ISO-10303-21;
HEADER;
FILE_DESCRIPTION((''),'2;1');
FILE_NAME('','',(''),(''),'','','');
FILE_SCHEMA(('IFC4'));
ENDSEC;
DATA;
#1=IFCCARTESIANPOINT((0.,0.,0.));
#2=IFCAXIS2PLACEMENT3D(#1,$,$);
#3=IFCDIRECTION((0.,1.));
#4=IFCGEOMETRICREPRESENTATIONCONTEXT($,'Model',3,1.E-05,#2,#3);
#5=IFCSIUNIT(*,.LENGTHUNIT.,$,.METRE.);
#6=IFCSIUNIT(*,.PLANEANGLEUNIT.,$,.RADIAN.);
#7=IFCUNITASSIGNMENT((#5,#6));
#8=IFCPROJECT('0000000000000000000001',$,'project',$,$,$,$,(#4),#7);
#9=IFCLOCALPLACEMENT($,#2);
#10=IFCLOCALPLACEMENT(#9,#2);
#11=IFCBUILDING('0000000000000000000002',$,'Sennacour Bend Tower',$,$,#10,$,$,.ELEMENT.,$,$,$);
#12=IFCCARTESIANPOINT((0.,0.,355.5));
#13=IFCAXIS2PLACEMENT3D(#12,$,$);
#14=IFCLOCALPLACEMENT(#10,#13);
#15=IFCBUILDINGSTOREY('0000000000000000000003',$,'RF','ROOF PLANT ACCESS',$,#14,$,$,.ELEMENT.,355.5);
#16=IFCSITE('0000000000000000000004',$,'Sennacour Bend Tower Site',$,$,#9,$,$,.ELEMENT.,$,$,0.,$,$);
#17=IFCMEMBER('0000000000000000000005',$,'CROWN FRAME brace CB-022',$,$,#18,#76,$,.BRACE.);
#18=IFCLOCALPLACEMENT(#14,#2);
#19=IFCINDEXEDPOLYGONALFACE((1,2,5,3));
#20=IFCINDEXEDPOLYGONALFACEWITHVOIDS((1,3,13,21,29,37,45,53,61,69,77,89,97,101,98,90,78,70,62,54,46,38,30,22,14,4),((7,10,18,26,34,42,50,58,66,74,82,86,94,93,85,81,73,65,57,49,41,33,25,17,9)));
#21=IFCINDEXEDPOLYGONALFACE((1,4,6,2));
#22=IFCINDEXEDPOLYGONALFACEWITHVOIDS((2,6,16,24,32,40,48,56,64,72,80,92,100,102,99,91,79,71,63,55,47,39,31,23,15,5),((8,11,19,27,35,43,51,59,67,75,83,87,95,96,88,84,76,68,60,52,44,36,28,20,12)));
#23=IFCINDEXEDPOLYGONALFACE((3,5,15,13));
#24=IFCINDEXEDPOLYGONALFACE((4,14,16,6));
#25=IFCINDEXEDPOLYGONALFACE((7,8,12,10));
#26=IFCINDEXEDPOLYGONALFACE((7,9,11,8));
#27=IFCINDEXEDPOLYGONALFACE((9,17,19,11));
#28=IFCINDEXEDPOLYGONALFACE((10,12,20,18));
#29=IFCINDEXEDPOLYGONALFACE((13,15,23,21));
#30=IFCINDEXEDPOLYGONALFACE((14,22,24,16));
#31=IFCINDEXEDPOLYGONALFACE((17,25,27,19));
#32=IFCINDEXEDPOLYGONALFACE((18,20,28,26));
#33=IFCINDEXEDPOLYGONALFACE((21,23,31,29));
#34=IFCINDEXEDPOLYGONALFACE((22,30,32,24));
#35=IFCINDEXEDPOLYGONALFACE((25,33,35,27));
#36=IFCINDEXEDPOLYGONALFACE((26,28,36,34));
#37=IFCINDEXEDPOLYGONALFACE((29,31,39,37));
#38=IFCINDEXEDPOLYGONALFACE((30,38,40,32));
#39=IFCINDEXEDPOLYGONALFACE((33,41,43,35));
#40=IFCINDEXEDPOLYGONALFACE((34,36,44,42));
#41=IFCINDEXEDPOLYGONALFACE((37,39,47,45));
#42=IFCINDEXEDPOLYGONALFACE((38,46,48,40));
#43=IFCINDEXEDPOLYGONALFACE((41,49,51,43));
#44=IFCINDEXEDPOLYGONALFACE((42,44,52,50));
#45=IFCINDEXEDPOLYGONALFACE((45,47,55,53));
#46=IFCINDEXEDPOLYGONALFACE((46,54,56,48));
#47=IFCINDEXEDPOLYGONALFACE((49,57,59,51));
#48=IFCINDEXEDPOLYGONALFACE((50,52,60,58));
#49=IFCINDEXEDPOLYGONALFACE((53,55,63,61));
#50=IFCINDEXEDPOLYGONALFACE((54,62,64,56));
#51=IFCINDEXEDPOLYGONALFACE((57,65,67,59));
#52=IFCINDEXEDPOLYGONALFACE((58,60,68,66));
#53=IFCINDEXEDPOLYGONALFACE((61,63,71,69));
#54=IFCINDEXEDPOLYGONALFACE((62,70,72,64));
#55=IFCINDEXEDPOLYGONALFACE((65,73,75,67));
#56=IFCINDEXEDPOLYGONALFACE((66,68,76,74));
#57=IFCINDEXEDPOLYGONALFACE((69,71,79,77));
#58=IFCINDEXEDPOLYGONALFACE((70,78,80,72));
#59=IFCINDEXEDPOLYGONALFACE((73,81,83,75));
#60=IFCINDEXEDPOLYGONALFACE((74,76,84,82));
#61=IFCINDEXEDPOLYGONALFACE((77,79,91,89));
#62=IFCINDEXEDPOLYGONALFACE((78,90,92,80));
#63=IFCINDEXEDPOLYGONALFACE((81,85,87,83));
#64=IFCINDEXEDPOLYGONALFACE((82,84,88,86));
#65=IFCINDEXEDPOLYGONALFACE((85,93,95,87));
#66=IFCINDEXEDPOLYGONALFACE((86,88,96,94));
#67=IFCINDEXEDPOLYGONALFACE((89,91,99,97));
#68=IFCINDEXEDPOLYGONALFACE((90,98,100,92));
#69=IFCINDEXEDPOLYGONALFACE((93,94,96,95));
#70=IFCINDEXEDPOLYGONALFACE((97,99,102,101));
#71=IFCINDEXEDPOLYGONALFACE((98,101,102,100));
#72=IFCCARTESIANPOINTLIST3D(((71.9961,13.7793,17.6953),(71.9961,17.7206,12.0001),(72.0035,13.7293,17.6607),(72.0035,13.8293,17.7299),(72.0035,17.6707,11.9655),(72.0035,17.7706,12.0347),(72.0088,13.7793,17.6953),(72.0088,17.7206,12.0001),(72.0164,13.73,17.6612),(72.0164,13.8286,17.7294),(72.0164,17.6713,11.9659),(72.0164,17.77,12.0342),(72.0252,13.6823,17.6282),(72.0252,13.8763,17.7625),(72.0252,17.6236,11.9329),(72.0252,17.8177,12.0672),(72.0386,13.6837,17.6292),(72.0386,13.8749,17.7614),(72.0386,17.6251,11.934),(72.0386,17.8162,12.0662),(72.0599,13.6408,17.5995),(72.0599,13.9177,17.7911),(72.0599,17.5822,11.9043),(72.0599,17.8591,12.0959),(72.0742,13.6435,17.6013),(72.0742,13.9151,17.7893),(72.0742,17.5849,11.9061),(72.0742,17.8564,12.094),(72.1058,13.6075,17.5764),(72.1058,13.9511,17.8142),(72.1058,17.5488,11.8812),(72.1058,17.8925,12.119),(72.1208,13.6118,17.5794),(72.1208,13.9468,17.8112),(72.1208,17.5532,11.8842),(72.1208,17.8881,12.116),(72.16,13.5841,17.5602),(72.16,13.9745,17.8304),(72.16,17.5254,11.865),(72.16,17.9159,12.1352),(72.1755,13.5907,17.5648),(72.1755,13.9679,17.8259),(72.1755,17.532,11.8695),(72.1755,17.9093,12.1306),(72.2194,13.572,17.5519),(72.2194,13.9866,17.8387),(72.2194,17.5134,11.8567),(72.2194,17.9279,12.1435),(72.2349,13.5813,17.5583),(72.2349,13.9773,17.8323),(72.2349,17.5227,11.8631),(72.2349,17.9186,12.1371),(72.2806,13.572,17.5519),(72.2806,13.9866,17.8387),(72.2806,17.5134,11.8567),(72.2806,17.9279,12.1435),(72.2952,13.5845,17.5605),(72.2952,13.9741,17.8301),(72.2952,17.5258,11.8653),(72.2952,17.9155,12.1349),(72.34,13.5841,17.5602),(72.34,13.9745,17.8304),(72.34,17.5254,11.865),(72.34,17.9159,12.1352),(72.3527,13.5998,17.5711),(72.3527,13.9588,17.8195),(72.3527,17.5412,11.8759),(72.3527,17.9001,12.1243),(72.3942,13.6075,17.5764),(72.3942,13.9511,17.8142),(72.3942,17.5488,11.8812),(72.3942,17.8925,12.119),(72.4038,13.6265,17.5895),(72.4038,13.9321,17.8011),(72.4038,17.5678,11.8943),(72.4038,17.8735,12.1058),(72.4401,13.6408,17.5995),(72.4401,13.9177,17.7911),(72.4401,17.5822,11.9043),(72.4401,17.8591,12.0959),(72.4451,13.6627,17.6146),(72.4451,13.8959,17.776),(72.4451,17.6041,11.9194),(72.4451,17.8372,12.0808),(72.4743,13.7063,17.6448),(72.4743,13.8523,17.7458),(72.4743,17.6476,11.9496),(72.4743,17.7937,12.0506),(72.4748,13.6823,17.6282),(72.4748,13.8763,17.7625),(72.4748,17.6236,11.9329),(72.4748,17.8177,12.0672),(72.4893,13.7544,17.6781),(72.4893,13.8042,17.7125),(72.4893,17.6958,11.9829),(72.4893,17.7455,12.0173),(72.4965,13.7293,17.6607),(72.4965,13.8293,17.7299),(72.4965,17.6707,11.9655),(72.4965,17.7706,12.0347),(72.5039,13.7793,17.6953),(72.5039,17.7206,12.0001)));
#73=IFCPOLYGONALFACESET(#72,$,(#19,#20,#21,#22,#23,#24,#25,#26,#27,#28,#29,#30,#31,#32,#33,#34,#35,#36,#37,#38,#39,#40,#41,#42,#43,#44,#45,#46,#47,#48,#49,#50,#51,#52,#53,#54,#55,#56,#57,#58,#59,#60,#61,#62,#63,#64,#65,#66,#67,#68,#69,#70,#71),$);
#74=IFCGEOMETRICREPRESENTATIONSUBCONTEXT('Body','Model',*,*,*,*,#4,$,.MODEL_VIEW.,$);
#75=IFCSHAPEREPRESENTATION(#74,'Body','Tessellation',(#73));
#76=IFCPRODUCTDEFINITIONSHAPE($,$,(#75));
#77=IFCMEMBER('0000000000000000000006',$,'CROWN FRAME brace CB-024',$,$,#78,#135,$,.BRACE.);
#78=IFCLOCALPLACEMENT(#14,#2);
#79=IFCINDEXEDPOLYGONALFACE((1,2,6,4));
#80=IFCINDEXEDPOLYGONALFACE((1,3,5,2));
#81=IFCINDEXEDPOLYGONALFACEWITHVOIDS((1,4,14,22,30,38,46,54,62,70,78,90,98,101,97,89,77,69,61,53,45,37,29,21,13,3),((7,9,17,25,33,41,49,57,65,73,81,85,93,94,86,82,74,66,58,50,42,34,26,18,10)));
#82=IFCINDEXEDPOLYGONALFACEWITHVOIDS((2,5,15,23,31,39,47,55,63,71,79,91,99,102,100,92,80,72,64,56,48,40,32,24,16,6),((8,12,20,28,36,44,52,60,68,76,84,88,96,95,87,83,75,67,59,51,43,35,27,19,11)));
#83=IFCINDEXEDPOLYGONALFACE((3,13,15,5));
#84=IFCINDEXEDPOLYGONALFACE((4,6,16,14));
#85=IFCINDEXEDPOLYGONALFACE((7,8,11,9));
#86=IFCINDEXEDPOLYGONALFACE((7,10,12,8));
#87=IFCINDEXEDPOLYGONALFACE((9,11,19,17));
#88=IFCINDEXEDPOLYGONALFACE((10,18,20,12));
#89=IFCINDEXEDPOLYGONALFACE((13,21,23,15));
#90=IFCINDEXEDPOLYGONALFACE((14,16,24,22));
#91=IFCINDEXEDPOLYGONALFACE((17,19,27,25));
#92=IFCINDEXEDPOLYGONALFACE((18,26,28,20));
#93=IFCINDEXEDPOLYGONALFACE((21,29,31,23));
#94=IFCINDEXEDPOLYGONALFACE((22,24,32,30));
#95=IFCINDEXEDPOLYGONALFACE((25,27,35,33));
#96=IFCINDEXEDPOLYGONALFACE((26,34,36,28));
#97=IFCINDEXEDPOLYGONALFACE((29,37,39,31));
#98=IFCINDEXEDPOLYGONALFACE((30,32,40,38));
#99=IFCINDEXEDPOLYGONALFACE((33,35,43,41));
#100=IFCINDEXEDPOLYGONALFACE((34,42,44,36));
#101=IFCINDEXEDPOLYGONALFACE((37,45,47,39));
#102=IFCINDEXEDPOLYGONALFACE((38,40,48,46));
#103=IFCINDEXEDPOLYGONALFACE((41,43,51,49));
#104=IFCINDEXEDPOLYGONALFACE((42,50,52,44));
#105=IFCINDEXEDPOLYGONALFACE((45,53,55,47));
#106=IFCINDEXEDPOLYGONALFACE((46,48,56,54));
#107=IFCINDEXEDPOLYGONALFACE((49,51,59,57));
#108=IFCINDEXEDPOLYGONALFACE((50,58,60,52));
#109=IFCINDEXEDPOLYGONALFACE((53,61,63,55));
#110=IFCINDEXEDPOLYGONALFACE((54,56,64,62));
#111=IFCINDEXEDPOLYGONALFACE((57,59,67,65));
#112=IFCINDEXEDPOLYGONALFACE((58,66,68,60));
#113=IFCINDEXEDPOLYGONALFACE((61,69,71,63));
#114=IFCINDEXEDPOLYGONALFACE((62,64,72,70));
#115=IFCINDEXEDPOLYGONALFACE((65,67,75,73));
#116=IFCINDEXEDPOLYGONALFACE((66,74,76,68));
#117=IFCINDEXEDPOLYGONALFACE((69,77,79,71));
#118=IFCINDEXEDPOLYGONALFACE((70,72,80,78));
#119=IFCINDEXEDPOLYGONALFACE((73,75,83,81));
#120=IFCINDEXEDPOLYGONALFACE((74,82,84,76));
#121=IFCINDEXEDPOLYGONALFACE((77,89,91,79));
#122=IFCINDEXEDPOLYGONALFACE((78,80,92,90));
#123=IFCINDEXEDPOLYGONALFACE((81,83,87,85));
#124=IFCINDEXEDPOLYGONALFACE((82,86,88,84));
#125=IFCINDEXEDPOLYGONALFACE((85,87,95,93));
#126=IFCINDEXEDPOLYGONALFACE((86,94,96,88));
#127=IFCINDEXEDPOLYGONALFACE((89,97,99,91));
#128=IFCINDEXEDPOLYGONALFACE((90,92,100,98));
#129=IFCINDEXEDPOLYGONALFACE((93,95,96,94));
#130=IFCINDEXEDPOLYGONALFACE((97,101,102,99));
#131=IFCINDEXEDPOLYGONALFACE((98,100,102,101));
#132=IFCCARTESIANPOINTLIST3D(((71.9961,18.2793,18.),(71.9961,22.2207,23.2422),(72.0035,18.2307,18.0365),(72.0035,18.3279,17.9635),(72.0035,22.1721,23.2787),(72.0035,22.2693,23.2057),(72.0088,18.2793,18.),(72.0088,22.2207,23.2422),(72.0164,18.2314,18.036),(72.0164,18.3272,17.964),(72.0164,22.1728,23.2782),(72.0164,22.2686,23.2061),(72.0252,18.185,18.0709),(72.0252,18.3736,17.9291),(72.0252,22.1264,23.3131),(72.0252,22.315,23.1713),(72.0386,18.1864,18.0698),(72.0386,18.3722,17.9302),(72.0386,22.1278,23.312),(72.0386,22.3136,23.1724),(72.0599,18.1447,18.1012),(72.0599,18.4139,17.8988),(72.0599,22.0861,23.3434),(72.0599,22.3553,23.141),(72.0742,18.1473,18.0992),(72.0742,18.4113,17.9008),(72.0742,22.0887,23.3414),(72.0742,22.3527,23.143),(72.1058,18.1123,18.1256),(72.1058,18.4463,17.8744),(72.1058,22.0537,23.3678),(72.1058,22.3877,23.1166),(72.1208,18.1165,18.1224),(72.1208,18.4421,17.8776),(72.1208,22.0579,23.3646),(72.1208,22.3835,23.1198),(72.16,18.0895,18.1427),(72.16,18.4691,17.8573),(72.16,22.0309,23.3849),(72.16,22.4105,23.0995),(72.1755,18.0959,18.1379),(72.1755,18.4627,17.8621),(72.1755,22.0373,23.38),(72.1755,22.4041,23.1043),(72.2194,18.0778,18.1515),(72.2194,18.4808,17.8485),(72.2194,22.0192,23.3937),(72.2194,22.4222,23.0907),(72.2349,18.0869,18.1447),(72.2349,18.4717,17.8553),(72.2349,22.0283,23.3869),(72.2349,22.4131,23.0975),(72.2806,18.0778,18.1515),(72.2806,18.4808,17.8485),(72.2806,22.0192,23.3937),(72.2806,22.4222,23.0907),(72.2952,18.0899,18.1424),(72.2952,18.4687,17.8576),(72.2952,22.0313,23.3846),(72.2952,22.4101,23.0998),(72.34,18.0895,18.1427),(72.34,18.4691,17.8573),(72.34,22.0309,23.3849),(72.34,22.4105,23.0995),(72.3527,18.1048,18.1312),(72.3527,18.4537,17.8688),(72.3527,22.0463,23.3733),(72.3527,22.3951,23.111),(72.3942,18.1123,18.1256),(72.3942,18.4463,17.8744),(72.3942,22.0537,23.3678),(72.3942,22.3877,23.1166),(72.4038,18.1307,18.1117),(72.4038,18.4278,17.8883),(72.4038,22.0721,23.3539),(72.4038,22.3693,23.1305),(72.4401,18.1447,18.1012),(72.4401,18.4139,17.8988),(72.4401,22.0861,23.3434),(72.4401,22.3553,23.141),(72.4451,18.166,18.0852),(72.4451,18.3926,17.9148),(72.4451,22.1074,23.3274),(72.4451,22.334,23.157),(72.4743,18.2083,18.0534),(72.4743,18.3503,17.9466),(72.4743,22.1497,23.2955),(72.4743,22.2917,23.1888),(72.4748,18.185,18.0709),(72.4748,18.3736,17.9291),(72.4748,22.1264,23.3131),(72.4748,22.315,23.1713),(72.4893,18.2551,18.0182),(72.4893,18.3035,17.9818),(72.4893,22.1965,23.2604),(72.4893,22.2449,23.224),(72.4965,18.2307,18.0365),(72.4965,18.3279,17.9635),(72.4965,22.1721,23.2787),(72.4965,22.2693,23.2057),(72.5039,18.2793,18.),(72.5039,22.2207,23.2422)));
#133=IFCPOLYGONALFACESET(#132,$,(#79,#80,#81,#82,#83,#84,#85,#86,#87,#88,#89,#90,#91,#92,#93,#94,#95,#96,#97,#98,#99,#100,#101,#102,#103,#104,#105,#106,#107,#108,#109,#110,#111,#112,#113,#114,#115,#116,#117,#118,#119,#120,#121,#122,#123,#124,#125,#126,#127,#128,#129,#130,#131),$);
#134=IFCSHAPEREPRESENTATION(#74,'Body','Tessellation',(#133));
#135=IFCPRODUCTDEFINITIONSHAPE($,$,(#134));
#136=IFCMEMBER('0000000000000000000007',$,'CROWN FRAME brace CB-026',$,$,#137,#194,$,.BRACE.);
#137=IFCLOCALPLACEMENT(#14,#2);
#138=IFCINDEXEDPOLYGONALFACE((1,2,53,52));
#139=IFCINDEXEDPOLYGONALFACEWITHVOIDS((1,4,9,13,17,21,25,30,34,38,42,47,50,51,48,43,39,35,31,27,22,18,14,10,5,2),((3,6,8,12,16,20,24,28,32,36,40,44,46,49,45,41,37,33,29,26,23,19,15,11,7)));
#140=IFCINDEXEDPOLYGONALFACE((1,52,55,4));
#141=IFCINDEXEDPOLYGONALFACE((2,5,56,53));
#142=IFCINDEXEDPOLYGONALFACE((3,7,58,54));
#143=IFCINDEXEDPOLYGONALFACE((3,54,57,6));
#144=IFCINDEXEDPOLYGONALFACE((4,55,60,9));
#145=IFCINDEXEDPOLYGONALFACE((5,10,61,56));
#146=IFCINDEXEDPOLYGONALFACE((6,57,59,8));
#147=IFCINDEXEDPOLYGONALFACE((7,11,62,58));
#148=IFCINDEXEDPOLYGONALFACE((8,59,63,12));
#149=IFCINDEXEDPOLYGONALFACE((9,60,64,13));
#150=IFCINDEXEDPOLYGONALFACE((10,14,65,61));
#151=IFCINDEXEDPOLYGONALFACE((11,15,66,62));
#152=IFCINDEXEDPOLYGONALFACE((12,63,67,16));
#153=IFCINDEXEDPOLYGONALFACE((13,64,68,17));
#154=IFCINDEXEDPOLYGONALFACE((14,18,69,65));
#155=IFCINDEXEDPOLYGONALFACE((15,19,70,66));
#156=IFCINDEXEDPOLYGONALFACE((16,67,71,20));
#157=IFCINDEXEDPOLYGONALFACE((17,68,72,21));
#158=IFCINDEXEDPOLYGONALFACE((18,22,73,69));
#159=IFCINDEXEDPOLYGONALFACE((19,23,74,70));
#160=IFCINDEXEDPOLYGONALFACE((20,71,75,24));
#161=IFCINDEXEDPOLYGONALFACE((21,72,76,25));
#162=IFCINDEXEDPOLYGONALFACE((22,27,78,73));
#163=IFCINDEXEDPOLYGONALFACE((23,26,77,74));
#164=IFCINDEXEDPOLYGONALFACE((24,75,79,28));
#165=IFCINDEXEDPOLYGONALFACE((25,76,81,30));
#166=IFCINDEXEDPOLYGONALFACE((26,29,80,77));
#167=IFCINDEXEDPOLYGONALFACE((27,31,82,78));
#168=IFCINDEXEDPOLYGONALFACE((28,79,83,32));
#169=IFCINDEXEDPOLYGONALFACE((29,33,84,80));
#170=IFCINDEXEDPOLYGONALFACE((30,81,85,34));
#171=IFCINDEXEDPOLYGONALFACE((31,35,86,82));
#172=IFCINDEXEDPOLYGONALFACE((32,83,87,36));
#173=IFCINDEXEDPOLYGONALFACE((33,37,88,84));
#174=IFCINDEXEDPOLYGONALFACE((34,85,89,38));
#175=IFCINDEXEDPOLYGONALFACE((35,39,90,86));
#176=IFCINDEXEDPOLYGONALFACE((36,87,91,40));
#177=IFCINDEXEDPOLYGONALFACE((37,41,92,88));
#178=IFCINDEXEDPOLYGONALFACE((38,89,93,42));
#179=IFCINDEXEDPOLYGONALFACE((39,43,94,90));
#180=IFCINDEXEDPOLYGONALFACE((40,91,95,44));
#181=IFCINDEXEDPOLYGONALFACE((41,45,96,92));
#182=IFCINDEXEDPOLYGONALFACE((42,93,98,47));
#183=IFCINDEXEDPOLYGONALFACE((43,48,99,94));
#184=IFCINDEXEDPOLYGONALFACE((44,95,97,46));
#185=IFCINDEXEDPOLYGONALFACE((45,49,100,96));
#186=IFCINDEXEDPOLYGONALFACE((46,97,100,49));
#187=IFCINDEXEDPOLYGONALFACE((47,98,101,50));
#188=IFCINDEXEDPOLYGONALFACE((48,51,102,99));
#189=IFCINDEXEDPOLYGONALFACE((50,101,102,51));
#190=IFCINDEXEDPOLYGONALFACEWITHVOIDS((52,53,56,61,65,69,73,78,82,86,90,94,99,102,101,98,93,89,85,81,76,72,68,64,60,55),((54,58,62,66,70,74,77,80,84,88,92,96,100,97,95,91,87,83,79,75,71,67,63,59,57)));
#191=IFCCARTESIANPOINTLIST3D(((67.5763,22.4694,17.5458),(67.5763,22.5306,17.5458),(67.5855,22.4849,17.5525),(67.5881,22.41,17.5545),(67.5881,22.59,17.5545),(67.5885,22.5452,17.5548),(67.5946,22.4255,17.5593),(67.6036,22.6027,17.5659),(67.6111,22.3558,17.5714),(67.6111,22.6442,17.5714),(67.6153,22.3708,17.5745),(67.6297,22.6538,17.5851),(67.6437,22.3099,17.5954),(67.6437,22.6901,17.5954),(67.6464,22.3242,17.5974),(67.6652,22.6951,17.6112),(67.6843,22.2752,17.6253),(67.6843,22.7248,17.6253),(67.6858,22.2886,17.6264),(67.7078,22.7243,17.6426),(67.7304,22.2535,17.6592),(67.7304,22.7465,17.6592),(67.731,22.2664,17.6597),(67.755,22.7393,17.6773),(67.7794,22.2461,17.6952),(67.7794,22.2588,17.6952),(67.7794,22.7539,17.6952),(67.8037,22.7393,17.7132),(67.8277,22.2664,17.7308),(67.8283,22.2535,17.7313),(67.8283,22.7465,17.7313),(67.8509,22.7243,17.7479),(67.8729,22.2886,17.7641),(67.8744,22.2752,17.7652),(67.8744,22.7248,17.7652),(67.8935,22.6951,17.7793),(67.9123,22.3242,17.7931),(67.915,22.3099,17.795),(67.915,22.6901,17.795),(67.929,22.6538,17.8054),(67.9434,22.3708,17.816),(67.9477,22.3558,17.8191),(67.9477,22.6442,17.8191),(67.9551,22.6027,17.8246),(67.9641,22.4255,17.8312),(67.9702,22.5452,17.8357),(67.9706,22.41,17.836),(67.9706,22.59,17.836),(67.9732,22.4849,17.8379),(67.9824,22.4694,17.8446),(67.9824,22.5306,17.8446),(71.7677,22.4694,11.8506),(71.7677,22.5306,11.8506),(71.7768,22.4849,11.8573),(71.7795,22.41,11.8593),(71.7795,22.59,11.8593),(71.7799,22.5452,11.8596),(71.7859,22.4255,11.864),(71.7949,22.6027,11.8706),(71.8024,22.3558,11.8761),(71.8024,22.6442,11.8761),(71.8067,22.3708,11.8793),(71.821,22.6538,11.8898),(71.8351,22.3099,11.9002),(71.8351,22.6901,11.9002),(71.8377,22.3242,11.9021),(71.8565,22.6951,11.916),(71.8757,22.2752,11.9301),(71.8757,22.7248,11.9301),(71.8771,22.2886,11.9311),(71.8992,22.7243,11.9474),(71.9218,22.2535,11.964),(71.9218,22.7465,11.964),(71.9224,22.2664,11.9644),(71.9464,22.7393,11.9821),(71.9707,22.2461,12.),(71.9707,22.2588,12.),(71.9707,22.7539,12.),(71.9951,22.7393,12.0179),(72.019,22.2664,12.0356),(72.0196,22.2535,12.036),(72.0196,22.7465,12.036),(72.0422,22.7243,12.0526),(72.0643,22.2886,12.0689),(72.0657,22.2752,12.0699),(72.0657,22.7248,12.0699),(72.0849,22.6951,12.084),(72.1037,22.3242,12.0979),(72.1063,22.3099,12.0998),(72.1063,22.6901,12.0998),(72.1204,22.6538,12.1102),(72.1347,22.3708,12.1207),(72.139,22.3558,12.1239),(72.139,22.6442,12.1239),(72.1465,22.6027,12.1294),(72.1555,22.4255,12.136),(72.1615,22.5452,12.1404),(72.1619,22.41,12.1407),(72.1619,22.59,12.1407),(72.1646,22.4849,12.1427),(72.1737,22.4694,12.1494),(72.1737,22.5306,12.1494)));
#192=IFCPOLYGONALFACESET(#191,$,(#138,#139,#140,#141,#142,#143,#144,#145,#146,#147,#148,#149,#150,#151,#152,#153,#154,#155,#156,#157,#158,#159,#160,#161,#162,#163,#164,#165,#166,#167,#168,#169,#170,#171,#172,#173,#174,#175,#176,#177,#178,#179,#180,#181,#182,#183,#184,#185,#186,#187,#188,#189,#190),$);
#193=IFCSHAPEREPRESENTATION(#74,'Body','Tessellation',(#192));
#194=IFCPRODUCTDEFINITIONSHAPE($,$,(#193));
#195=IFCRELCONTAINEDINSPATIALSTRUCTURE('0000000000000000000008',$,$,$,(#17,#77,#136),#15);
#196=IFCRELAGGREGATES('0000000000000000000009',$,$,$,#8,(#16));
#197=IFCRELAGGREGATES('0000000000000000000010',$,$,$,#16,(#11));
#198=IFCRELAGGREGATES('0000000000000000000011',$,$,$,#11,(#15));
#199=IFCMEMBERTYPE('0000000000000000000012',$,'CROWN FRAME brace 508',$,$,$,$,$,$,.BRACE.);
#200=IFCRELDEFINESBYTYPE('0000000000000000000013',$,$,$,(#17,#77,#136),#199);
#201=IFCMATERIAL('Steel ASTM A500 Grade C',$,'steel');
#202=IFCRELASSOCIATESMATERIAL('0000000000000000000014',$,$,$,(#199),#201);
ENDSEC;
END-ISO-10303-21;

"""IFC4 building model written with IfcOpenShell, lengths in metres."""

from ifc_helpers import new_model, si_unit, direction, frame, origin, origin_2d, place, context, subcontext, project, spatial, hollow_circle, extrude, material, material_profile, profile_set, type_object, element, save


model = new_model("IFC4")

# Units and contexts
model_context = context("Model", 3, precision=1e-05, world=origin(), true_north=direction((0.0, 1.0)))
body_context = subcontext(model_context, "Body", "Model", "MODEL_VIEW")
ifc_project = project(units=[si_unit("LENGTHUNIT", "METRE"), si_unit("PLANEANGLEUNIT", "RADIAN")], contexts=[model_context])

# Site, building, storey
site_placement = place(None, origin())
site = spatial("IfcSite", under=ifc_project, at=site_placement, Name="Sennacour Bend Tower Site", CompositionType="ELEMENT", RefElevation=0.0)
building_placement = place(site_placement, origin())
building = spatial("IfcBuilding", under=site, at=building_placement, Name="Sennacour Bend Tower", CompositionType="ELEMENT")
storey_placement = place(building_placement, frame((0.0, 0.0, 355.5)))
storey = spatial("IfcBuildingStorey", under=building, at=storey_placement, Name="RF", Description="ROOF PLANT ACCESS", CompositionType="ELEMENT", Elevation=355.5)

# Members
ifc_material_1 = material(Name="Steel ASTM A500 Grade C", Category="steel")
ifc_material_profile_1 = material_profile(ifc_material_1, hollow_circle(Radius=0.2539, WallThickness=0.0127, at=origin_2d()), Name="Steel ASTM A500 Grade C", Category="steel")
ifc_profile_set_1 = profile_set([ifc_material_profile_1], Name="Steel ASTM A500 Grade C")
member_type_1 = type_object("IfcMemberType", Name="CROWN FRAME brace 508", PredefinedType="BRACE", material=ifc_profile_set_1)
member_1_placement = place(storey_placement, frame((72.25, 13.7793, 17.6953), z_axis=(0.0, 0.569063, -0.822294), x_axis=(-1.0, 0.0, 0.0)))
element("IfcMember", 1, at=member_1_placement, inside=storey, type_object=member_type_1, Name="CROWN FRAME brace CB-022", PredefinedType="BRACE", context=body_context, shape_type="SweptSolid", body=[
    extrude(hollow_circle(Radius=0.2539, WallThickness=0.0127, at=origin_2d()), origin(), (0.0, 0.0, 1.0), 6.926),
])
member_2_placement = place(storey_placement, frame((72.25, 18.2793, 18.0), z_axis=(0.0, 0.600953, 0.799285), x_axis=(-1.0, 0.0, 0.0)))
element("IfcMember", 2, at=member_2_placement, inside=storey, type_object=member_type_1, Name="CROWN FRAME brace CB-024", PredefinedType="BRACE", context=body_context, shape_type="SweptSolid", body=[
    extrude(hollow_circle(Radius=0.2539, WallThickness=0.0127, at=origin_2d()), origin(), (0.0, 0.0, 1.0), 6.5586),
])
member_3_placement = place(storey_placement, frame((71.9707, 22.5, 12.0), z_axis=(-0.592728, 0.0, 0.805403), x_axis=(0.0, -1.0, 0.0)))
element("IfcMember", 3, at=member_3_placement, inside=storey, type_object=member_type_1, Name="CROWN FRAME brace CB-026", PredefinedType="BRACE", context=body_context, shape_type="SweptSolid", body=[
    extrude(hollow_circle(Radius=0.2539, WallThickness=0.0127, at=origin_2d()), origin(), (0.0, 0.0, 1.0), 7.0713),
])

save(model, "model.ifc")
